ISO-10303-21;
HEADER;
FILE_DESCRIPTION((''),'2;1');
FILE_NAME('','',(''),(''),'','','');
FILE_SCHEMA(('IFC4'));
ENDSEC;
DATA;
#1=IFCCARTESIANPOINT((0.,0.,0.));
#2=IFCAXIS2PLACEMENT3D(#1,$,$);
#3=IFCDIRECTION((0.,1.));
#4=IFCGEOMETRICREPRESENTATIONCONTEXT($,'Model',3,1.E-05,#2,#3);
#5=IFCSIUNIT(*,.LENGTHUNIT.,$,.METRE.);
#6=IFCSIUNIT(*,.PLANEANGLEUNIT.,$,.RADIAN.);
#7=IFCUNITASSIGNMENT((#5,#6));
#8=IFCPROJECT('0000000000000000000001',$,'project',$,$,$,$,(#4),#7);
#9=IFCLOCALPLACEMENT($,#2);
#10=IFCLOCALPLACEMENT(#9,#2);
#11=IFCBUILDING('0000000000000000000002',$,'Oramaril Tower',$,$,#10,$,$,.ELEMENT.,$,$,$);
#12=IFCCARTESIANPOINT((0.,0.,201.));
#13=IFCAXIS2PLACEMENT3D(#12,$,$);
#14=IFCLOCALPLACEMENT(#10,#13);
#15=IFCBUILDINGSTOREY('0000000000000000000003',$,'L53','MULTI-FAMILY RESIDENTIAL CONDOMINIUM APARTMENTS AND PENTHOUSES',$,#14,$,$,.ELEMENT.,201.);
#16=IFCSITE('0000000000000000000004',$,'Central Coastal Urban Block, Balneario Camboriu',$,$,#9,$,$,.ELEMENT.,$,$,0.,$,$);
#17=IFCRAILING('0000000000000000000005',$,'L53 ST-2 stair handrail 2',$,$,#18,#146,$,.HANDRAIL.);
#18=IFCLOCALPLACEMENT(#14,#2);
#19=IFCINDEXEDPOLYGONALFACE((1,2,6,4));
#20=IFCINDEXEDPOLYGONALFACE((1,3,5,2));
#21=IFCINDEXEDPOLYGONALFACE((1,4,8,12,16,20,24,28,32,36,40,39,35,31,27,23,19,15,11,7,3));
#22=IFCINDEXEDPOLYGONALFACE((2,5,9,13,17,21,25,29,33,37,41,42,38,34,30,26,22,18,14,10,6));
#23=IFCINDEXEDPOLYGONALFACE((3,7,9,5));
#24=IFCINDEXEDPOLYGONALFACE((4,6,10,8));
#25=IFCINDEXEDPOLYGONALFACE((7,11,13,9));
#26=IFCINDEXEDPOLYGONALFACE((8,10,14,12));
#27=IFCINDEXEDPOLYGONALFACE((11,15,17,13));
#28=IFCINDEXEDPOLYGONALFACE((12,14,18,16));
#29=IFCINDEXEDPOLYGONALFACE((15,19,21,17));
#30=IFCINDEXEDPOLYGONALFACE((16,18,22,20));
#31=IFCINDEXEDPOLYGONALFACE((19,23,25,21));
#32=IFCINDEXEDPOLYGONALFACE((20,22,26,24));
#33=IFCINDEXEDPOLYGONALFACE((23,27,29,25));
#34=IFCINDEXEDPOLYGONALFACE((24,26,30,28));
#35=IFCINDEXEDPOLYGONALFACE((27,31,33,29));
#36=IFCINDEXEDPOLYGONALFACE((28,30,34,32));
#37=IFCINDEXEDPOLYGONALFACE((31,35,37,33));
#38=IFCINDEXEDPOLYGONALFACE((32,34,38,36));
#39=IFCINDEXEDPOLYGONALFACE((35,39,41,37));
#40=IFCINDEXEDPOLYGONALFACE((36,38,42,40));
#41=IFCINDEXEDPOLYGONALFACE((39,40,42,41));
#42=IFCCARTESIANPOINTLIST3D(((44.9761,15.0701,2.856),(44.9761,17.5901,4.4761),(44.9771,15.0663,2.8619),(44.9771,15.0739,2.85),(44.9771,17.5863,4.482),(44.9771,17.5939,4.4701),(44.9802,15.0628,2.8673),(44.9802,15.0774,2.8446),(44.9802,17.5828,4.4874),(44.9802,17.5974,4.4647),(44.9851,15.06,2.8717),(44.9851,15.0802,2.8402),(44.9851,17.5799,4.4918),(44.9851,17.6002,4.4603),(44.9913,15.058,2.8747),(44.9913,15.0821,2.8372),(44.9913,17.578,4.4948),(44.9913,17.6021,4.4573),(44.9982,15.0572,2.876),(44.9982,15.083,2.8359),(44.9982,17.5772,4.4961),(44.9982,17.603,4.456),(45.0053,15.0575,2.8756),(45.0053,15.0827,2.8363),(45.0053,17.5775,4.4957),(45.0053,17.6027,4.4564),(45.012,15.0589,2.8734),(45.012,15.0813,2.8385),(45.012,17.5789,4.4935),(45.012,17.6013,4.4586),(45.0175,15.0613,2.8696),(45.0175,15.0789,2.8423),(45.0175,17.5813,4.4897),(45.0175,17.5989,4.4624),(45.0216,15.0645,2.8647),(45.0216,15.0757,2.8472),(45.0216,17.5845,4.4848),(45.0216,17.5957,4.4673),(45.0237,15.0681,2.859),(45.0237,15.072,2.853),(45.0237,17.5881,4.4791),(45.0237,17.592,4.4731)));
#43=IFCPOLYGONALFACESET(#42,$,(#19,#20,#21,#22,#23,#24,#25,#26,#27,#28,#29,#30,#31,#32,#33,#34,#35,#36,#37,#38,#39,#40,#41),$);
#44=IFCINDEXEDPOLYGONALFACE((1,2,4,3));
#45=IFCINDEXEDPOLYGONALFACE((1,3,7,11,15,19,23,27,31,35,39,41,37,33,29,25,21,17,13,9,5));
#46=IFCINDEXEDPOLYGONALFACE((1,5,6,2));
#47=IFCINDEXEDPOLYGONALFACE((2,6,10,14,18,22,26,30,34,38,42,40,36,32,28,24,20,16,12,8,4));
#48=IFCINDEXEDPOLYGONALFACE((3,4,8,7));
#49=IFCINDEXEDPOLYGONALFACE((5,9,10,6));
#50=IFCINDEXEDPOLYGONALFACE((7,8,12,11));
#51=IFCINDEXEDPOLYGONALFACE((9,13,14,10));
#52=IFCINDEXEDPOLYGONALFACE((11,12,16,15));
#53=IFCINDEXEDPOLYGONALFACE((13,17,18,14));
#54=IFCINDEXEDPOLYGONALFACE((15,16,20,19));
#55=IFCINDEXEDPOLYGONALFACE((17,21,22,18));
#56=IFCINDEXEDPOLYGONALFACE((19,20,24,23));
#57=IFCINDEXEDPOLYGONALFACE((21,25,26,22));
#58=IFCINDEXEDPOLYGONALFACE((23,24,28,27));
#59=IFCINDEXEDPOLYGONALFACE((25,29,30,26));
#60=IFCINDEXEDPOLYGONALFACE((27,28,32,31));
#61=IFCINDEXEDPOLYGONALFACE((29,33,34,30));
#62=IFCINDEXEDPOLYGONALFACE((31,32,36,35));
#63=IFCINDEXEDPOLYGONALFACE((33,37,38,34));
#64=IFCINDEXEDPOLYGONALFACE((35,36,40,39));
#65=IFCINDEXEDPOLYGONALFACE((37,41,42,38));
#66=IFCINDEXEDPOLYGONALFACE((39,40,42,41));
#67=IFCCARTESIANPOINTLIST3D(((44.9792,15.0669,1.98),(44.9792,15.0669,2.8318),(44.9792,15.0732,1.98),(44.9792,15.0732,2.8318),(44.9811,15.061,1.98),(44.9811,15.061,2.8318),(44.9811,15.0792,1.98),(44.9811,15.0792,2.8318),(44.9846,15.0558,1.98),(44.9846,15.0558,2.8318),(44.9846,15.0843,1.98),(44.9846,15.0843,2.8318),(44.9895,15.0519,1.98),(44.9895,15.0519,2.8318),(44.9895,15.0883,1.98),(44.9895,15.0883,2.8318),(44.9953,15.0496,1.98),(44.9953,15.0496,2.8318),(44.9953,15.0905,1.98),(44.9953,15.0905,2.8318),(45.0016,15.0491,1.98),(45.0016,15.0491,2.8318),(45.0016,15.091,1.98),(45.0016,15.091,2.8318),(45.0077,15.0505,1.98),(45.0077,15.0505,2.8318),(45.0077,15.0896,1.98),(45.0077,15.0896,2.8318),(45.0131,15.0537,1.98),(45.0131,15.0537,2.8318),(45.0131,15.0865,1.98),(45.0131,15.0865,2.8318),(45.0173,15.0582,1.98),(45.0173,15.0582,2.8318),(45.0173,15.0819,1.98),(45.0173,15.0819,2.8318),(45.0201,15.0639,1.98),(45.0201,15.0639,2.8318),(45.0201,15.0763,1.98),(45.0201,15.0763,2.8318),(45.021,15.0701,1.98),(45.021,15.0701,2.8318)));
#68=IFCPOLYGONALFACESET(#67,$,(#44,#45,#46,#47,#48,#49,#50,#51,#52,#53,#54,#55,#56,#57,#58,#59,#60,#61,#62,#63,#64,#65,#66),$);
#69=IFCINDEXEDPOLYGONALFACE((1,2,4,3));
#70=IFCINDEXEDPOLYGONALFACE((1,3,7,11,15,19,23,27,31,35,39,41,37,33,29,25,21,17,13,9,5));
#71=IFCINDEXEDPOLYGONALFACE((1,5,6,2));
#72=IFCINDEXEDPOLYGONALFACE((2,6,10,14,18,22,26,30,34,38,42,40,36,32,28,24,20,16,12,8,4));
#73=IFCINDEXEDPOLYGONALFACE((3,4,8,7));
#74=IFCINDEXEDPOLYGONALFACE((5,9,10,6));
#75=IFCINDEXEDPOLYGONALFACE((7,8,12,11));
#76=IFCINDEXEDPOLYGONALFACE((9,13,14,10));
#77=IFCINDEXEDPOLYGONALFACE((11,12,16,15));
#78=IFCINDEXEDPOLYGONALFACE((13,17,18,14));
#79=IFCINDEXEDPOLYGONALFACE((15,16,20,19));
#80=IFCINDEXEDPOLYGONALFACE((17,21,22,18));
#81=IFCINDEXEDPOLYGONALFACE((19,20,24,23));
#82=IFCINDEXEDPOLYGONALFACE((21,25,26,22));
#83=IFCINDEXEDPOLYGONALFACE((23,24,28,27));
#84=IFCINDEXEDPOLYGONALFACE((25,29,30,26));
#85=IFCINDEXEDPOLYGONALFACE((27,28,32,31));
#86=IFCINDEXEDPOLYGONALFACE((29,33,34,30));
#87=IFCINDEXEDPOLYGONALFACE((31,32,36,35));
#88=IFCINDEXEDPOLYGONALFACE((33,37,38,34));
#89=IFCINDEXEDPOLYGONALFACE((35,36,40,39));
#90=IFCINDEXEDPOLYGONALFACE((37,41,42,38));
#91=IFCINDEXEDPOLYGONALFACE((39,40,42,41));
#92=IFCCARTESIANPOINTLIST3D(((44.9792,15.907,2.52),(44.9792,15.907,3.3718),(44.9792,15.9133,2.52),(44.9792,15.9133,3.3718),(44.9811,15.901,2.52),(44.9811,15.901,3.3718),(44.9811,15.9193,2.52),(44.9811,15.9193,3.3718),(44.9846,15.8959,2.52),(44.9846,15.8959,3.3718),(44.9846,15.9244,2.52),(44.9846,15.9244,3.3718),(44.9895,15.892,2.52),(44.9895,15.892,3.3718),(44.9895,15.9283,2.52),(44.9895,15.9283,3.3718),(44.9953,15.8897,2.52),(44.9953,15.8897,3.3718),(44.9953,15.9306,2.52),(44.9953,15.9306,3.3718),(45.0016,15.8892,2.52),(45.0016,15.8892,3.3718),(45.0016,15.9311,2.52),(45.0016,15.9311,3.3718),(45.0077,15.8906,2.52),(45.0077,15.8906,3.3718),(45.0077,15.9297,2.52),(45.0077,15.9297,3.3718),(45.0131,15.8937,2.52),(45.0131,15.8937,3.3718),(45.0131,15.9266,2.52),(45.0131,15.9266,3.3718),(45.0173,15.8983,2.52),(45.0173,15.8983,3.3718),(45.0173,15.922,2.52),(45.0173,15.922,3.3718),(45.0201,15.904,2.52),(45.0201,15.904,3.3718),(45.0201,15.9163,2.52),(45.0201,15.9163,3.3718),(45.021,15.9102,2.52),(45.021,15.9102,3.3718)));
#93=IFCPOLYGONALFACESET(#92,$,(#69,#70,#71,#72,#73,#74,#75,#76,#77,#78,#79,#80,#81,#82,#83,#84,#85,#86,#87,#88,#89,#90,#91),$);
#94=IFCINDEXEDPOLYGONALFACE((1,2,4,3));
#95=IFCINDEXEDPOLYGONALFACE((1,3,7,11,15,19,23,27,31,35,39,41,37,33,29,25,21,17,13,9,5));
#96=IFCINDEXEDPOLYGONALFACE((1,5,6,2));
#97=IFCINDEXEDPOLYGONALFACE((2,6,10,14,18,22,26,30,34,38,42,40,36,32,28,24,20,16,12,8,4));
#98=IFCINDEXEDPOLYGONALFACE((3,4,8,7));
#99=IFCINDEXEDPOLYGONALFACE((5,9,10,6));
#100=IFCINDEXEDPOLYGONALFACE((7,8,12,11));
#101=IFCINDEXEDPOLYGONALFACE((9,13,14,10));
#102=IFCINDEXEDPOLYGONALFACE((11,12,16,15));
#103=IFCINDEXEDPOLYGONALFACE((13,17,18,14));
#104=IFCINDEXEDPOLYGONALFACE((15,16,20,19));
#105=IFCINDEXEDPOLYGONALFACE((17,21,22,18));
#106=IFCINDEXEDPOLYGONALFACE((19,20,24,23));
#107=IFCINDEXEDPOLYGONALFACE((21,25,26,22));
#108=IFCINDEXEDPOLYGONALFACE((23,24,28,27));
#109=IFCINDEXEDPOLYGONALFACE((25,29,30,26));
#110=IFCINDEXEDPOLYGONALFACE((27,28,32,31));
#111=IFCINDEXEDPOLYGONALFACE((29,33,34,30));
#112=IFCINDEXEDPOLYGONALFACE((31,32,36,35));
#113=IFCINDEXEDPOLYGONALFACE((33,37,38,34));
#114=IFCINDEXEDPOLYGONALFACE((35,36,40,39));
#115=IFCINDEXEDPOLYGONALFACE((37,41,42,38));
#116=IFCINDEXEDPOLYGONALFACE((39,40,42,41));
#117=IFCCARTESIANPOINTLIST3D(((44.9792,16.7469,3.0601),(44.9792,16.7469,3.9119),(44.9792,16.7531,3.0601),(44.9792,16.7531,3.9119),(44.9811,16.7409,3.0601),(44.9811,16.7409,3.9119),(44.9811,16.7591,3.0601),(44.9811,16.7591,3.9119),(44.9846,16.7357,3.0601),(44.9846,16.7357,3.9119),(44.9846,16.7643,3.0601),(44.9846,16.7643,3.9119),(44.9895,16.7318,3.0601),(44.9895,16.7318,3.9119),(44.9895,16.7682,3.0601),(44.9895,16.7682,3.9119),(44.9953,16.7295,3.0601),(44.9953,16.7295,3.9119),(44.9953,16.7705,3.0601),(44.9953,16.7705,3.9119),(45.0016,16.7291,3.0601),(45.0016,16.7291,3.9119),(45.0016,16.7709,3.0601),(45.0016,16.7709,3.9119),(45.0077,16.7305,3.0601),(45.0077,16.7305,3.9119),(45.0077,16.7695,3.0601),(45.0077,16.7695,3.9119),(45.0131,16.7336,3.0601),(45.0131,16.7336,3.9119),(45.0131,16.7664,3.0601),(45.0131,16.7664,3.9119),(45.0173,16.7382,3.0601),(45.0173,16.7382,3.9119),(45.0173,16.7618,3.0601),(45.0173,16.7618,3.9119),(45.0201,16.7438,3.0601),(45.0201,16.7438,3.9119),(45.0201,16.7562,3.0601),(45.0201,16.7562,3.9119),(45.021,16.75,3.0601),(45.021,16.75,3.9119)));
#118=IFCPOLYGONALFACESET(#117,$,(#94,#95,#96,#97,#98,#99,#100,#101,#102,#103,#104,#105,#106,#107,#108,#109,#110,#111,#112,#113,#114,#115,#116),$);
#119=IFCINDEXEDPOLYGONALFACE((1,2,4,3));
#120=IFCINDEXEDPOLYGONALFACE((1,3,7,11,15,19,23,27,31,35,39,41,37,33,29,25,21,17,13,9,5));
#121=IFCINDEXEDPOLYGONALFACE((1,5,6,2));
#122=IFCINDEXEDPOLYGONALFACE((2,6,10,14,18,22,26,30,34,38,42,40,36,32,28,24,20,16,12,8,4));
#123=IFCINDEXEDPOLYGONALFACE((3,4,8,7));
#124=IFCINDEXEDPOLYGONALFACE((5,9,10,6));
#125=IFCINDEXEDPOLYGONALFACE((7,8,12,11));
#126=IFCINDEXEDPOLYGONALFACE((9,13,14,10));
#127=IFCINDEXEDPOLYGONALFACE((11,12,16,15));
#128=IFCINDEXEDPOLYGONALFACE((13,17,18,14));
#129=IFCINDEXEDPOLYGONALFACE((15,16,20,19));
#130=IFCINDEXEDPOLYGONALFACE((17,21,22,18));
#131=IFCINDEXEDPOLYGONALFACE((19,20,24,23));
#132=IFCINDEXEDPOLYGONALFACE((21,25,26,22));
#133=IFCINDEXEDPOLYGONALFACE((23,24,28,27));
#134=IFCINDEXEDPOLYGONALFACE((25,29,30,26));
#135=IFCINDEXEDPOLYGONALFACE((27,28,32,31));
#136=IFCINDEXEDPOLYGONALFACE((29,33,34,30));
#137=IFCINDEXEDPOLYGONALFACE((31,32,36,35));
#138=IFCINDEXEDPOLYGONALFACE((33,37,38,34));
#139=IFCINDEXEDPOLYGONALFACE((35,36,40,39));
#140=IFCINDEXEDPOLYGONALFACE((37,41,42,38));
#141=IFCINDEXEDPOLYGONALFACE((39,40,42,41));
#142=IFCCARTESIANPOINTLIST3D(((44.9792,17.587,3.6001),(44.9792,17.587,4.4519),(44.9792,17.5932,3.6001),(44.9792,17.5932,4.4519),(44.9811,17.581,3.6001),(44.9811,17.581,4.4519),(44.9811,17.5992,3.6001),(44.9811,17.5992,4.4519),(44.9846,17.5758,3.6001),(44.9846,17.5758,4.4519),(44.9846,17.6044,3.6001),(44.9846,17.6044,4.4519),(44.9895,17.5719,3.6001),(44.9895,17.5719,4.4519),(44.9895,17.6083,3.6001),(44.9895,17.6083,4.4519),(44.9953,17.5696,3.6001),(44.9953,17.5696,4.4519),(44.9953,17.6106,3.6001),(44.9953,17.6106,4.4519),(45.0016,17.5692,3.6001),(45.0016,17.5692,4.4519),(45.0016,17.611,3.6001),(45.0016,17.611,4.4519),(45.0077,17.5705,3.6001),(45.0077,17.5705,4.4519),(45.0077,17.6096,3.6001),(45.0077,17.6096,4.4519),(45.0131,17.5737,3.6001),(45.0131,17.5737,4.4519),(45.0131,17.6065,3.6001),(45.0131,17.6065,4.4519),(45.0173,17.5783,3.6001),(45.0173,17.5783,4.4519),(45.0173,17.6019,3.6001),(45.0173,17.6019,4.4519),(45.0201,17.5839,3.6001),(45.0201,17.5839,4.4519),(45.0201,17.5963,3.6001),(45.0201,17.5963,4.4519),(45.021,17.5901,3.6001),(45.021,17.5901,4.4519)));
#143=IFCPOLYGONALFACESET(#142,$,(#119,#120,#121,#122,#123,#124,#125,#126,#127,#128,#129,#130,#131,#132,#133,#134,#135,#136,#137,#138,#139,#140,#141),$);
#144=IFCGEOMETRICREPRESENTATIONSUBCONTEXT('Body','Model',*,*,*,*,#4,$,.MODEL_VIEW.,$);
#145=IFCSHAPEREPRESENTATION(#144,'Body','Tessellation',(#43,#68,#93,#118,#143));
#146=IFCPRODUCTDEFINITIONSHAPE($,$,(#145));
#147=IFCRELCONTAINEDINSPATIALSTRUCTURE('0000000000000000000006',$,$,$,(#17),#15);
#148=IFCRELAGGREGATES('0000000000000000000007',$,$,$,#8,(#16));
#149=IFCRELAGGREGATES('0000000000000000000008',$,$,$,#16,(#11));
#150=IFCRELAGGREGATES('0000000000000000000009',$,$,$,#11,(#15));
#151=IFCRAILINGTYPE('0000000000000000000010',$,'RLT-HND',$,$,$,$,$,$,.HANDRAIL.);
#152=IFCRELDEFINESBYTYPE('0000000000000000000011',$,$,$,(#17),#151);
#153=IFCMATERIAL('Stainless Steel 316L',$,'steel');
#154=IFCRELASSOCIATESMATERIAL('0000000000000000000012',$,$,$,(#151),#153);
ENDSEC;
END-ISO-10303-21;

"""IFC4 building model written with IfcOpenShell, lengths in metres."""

from ifc_helpers import new_model, si_unit, direction, frame, origin, origin_2d, place, context, subcontext, project, spatial, circle, extrude, material, type_object, element, save


model = new_model("IFC4")

# Units and contexts
model_context = context("Model", 3, precision=1e-05, world=origin(), true_north=direction((0.0, 1.0)))
body_context = subcontext(model_context, "Body", "Model", "MODEL_VIEW")
ifc_project = project(units=[si_unit("LENGTHUNIT", "METRE"), si_unit("PLANEANGLEUNIT", "RADIAN")], contexts=[model_context])

# Site, building, storey
site_placement = place(None, origin())
site = spatial("IfcSite", under=ifc_project, at=site_placement, Name="Central Coastal Urban Block, Balneario Camboriu", CompositionType="ELEMENT", RefElevation=0.0)
building_placement = place(site_placement, origin())
building = spatial("IfcBuilding", under=site, at=building_placement, Name="Oramaril Tower", CompositionType="ELEMENT")
storey_placement = place(building_placement, frame((0.0, 0.0, 201.0)))
storey = spatial("IfcBuildingStorey", under=building, at=storey_placement, Name="L53", Description="MULTI-FAMILY RESIDENTIAL CONDOMINIUM APARTMENTS AND PENTHOUSES", CompositionType="ELEMENT", Elevation=201.0)

# Railing
ifc_material_1 = material(Name="Stainless Steel 316L", Category="steel")
railing_type_1 = type_object("IfcRailingType", Name="RLT-HND", PredefinedType="HANDRAIL", material=ifc_material_1)
railing_1_placement = place(storey_placement, frame((45.0, 15.0701, 1.98)))
element("IfcRailing", 1, at=railing_1_placement, inside=storey, type_object=railing_type_1, Name="L53 ST-2 stair handrail 2", PredefinedType="HANDRAIL", context=body_context, shape_type="SweptSolid", body=[
    extrude(circle(Radius=0.0239, at=origin_2d()), frame((0.0, 0.0, 0.876), z_axis=(0.0, 0.841163, 0.540782), x_axis=(-1.0, 0.0, 0.0)), (0.0, 0.0, 1.0), 2.9958),
    extrude(circle(Radius=0.021, at=origin_2d()), origin(), (0.0, 0.0, 1.0), 0.8518),
    extrude(circle(Radius=0.021, at=origin_2d()), frame((0.0, 0.8401, 0.54)), (0.0, 0.0, 1.0), 0.8518),
    extrude(circle(Radius=0.021, at=origin_2d()), frame((0.0, 1.6799, 1.0801)), (0.0, 0.0, 1.0), 0.8518),
    extrude(circle(Radius=0.021, at=origin_2d()), frame((0.0, 2.52, 1.6201)), (0.0, 0.0, 1.0), 0.8518),
])

save(model, "model.ifc")
